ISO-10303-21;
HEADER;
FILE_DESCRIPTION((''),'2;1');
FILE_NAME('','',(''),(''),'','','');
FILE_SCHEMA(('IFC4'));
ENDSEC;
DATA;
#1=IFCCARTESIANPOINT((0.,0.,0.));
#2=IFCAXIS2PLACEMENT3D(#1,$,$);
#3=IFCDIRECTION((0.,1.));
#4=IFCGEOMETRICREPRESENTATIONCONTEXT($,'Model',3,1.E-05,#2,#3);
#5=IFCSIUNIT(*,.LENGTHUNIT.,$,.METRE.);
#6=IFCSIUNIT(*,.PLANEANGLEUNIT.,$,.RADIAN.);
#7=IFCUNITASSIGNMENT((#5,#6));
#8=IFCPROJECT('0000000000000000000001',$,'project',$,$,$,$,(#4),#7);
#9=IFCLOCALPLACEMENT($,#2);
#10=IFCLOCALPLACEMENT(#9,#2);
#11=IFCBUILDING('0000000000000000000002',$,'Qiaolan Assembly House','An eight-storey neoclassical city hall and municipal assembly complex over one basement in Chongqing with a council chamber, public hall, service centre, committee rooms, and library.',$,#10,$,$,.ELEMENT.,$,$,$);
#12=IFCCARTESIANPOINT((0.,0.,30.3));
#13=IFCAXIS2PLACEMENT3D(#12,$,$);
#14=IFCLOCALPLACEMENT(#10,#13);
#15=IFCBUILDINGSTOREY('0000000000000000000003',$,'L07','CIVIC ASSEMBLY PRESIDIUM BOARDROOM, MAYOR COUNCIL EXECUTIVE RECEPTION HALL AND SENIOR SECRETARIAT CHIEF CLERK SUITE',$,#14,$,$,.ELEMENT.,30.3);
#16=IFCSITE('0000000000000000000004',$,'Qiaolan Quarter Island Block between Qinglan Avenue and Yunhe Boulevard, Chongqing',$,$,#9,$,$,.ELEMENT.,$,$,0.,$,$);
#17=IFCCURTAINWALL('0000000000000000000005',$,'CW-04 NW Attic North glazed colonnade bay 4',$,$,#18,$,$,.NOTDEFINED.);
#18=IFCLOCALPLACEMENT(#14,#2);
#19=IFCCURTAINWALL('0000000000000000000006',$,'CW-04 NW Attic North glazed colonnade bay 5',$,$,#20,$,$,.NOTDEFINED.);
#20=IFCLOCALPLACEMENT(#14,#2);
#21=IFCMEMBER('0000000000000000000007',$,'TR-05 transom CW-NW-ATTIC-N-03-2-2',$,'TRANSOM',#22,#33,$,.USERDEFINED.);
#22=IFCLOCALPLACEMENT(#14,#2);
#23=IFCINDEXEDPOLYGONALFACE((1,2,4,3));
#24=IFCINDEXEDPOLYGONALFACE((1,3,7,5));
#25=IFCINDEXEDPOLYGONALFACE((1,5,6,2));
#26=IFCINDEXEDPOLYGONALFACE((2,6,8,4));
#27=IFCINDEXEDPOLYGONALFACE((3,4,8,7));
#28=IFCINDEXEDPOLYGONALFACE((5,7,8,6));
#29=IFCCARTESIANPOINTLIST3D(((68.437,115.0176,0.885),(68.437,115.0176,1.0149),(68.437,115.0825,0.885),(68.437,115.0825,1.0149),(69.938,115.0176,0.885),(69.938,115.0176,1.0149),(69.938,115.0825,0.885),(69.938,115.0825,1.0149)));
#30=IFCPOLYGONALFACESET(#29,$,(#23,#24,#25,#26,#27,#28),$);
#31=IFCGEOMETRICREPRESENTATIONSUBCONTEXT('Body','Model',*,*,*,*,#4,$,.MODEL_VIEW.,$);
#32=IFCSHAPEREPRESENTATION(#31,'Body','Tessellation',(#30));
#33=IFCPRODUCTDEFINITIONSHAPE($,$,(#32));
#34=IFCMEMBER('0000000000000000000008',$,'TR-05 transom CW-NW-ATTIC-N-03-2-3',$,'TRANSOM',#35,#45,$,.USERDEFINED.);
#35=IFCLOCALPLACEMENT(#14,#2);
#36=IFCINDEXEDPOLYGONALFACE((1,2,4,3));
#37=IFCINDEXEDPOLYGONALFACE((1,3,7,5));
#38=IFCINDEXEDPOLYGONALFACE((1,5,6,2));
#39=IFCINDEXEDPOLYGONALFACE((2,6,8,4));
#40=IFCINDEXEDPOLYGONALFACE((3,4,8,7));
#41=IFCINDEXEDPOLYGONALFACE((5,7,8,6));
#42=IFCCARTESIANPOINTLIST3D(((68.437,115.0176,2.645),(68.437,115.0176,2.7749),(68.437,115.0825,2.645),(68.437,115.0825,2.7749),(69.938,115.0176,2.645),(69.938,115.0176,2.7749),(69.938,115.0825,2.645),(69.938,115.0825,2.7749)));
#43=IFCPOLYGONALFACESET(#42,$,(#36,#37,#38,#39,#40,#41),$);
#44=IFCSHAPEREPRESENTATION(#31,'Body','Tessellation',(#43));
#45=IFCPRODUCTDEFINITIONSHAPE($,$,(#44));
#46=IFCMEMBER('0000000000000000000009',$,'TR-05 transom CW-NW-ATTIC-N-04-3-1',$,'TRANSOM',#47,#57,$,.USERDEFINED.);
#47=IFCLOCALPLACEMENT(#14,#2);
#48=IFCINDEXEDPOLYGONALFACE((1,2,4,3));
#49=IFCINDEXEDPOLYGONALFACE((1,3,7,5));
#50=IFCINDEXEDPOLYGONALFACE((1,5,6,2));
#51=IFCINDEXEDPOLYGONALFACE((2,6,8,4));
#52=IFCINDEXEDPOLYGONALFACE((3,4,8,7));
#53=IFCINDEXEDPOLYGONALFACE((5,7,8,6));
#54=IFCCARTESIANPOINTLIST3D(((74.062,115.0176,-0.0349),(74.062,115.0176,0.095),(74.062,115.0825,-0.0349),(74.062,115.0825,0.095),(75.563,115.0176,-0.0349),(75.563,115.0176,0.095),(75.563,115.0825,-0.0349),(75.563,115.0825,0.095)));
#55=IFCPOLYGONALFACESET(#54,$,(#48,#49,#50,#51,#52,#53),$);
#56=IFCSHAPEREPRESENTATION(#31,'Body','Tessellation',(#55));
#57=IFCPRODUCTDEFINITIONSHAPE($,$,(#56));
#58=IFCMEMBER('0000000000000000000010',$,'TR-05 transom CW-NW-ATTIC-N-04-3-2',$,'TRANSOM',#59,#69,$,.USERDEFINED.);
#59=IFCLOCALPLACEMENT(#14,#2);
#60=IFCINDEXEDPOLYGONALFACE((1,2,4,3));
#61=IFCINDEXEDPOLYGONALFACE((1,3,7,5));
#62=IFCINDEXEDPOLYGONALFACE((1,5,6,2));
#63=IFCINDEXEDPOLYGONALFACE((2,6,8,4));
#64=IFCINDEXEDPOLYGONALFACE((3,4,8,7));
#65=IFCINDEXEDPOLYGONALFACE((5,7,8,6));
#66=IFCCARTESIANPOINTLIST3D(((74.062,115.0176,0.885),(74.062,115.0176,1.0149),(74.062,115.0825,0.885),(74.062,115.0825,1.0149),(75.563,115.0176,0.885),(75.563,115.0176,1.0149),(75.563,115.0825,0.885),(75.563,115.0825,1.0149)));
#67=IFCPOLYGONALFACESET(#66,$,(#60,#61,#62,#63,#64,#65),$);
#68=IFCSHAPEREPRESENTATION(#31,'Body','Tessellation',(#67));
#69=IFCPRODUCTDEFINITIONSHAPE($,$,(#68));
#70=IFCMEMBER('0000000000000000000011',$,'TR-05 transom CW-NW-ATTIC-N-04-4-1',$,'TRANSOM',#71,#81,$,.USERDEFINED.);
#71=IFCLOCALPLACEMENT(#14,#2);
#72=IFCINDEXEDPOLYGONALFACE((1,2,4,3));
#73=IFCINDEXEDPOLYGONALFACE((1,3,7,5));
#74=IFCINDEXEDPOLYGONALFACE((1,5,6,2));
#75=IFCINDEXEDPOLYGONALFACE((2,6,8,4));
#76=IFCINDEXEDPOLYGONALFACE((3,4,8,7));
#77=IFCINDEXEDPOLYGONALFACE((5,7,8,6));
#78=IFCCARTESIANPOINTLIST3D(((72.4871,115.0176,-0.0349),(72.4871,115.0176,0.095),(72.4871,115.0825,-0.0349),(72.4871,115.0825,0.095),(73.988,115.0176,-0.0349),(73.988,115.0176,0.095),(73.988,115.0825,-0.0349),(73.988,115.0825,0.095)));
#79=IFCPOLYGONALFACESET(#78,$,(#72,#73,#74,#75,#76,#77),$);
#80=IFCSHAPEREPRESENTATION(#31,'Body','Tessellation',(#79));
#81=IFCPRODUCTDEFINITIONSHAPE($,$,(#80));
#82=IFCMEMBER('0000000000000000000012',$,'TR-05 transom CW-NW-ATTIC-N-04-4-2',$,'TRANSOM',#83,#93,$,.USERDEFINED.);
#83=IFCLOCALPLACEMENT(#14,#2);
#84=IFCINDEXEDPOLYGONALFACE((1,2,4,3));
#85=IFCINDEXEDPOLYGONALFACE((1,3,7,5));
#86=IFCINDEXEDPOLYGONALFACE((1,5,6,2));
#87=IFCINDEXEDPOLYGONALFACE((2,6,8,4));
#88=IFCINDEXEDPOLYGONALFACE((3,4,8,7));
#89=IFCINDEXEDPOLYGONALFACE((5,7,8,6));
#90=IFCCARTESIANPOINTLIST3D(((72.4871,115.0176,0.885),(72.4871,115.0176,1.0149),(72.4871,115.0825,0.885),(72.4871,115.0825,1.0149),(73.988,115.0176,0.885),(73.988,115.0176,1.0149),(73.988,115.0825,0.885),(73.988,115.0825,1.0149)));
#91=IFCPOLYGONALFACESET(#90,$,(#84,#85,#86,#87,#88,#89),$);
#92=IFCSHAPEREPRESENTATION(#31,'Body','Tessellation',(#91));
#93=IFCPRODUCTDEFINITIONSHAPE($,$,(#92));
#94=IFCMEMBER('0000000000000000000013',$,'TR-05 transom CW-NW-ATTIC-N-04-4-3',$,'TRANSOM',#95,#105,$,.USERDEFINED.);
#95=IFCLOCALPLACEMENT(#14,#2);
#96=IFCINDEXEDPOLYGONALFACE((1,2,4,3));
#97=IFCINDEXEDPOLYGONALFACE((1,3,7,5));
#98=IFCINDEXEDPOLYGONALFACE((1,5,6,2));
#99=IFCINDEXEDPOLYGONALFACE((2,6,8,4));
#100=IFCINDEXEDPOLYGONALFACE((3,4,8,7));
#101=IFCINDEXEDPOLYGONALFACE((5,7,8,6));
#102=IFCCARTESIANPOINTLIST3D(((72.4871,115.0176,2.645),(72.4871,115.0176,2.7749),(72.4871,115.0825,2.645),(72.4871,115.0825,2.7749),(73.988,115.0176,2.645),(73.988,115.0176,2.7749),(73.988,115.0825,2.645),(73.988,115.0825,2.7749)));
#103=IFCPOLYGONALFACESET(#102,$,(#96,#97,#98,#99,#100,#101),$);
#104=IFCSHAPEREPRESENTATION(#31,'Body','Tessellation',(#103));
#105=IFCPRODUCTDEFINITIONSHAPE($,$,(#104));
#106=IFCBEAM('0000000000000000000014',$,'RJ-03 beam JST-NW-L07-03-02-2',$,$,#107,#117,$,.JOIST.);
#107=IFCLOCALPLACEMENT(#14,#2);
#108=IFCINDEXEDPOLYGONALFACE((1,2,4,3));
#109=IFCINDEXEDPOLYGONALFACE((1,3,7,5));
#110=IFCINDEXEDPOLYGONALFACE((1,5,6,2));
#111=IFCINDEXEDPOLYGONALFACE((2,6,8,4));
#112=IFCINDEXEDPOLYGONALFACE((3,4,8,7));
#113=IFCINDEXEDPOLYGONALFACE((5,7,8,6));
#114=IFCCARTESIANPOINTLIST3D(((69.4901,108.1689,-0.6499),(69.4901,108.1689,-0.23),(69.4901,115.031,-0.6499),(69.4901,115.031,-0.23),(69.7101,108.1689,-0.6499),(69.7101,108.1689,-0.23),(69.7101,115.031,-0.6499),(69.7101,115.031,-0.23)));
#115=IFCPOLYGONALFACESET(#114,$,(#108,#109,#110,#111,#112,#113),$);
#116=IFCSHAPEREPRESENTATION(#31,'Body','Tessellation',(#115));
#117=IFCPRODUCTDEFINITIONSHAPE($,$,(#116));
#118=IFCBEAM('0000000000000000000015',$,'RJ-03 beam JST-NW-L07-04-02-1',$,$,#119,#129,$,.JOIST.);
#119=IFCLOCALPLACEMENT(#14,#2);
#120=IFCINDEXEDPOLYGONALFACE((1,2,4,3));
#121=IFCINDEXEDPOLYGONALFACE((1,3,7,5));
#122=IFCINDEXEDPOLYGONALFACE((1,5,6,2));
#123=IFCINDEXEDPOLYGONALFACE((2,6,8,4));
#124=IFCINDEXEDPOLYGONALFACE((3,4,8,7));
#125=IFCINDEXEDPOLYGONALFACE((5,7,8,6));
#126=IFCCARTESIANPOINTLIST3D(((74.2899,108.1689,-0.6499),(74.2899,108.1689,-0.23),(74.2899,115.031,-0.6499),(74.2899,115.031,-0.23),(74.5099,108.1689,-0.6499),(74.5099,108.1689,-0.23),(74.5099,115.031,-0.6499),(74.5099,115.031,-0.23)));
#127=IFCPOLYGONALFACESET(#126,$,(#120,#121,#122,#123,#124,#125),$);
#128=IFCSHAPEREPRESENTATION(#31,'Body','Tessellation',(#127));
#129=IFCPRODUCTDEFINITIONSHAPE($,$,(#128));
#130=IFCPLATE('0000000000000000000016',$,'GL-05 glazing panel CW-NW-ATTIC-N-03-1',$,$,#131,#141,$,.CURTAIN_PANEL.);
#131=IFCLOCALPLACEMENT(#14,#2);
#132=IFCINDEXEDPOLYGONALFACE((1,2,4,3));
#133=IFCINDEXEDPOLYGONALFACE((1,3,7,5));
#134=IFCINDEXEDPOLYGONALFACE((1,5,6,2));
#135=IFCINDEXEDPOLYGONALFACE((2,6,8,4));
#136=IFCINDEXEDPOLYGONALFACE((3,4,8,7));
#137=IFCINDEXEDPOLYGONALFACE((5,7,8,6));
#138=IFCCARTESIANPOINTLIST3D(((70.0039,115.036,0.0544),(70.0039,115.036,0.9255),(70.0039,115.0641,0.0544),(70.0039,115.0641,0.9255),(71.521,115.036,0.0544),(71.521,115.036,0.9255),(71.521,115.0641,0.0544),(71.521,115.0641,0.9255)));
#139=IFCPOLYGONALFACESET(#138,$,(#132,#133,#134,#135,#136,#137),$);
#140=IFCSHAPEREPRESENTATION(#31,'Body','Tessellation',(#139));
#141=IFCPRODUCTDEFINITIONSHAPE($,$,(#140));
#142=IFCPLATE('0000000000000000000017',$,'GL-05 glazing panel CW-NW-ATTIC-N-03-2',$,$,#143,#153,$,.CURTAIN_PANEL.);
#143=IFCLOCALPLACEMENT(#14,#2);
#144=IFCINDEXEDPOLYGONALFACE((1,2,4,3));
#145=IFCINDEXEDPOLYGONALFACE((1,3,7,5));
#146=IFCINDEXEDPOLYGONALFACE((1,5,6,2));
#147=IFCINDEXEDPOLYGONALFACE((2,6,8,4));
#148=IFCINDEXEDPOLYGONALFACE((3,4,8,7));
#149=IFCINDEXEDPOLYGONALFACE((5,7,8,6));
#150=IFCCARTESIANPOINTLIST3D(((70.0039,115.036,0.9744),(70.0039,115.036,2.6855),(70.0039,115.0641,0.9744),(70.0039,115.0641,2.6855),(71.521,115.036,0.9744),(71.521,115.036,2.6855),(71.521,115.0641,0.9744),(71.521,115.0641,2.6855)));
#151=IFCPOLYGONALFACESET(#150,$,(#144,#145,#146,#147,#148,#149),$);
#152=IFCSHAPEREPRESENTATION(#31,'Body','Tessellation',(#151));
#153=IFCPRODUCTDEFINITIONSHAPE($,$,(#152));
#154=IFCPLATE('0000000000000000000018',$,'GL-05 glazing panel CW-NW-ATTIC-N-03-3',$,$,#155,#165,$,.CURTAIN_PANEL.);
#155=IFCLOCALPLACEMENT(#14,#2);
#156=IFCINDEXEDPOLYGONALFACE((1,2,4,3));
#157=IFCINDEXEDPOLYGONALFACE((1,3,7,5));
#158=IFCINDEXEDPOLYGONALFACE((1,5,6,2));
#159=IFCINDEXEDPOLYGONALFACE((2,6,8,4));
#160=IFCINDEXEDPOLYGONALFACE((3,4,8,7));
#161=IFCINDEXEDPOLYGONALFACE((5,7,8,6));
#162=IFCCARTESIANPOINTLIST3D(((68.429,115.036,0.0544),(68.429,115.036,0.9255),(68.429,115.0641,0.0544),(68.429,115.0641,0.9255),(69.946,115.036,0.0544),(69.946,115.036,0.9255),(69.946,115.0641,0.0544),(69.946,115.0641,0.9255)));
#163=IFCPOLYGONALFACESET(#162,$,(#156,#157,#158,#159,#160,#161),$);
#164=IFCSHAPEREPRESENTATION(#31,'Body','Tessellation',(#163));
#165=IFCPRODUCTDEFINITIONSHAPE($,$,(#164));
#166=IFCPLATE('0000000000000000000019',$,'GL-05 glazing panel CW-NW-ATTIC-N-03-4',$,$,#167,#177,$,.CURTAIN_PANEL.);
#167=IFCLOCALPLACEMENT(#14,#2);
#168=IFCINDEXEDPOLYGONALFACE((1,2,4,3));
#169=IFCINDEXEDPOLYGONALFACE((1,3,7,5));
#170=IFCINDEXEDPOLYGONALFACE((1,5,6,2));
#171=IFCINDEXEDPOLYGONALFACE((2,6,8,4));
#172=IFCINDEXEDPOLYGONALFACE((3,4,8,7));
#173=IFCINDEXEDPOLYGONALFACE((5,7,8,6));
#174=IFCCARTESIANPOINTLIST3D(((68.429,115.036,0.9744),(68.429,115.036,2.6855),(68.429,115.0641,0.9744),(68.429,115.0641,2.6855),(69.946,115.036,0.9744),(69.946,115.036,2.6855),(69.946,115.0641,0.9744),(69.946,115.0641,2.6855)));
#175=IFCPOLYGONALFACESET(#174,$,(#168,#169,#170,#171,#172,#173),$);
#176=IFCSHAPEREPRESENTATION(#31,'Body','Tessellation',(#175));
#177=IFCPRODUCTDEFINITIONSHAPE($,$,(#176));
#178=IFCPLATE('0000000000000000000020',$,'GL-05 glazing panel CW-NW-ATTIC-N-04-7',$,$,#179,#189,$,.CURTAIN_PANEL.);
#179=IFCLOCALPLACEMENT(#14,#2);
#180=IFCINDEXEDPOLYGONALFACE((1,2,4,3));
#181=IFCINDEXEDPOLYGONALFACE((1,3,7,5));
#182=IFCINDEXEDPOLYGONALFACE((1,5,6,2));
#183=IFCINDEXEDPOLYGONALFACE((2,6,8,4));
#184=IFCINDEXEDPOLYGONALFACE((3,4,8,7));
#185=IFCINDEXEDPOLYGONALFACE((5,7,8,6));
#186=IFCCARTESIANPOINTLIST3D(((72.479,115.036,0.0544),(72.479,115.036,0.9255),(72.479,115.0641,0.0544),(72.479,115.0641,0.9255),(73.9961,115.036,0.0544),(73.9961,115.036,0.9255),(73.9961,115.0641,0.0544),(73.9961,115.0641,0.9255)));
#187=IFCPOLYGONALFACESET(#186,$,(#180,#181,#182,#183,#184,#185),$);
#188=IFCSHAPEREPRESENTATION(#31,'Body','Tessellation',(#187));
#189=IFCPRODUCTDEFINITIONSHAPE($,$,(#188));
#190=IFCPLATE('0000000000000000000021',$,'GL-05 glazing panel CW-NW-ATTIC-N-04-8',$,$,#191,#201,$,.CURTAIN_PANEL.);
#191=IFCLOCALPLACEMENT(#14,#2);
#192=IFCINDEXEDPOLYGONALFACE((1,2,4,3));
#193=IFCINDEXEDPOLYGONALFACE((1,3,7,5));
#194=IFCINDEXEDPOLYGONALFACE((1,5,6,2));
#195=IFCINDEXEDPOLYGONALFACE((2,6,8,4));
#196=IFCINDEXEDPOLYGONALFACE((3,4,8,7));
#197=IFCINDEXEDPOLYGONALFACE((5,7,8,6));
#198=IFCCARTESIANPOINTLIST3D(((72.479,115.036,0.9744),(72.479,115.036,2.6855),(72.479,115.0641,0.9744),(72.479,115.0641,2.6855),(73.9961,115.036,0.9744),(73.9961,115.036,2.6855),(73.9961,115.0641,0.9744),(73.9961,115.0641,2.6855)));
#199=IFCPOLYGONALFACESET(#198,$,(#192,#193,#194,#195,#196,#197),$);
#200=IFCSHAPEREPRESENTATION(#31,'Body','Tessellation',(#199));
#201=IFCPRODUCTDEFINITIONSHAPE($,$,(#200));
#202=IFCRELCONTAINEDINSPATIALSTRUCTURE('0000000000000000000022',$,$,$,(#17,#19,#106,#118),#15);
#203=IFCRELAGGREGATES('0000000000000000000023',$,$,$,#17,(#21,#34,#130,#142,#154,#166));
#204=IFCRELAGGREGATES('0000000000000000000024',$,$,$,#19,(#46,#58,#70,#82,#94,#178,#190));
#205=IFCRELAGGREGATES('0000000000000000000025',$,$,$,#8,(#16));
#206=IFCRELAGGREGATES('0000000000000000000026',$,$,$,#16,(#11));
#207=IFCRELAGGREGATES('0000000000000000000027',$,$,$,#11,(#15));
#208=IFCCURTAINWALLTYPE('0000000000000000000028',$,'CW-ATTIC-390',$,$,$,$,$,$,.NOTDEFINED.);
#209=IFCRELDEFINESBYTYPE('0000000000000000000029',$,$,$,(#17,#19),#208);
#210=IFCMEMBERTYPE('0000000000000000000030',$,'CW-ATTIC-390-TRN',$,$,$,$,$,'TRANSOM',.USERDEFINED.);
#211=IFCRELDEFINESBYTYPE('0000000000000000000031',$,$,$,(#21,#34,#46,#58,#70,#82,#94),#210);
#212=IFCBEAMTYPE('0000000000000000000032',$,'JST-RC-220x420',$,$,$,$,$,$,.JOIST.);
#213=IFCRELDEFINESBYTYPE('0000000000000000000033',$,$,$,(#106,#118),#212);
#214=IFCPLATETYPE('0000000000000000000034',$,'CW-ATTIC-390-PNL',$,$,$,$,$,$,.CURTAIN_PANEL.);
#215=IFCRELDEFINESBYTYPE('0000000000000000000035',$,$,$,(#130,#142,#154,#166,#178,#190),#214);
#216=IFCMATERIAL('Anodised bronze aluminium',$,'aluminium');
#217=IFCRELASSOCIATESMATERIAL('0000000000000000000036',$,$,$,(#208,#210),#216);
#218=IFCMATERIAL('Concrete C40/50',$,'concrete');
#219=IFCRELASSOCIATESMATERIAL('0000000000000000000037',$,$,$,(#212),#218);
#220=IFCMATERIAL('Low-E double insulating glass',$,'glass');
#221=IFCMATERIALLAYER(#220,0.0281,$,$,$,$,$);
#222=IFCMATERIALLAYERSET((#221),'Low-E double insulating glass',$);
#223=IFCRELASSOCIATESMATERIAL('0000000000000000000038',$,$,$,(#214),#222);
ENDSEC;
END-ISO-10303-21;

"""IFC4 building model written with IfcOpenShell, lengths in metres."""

from ifc_helpers import new_model, si_unit, direction, frame, frame_2d, origin, origin_2d, place, context, subcontext, project, spatial, rectangle, extrude, material, layer, layer_set, material_profile, profile_set, type_object, element, aggregate, save


model = new_model("IFC4")

# Units and contexts
model_context = context("Model", 3, precision=1e-05, world=origin(), true_north=direction((0.0, 1.0)))
body_context = subcontext(model_context, "Body", "Model", "MODEL_VIEW")
ifc_project = project(units=[si_unit("LENGTHUNIT", "METRE"), si_unit("PLANEANGLEUNIT", "RADIAN")], contexts=[model_context])

# Site, building, storey
site_placement = place(None, origin())
site = spatial("IfcSite", under=ifc_project, at=site_placement, Name="Qiaolan Quarter Island Block between Qinglan Avenue and Yunhe Boulevard, Chongqing", CompositionType="ELEMENT", RefElevation=0.0)
building_placement = place(site_placement, origin())
building = spatial("IfcBuilding", under=site, at=building_placement, Name="Qiaolan Assembly House", Description="An eight-storey neoclassical city hall and municipal assembly complex over one basement in Chongqing with a council chamber, public hall, service centre, committee rooms, and library.", CompositionType="ELEMENT")
storey_placement = place(building_placement, frame((0.0, 0.0, 30.3)))
storey = spatial("IfcBuildingStorey", under=building, at=storey_placement, Name="L07", Description="CIVIC ASSEMBLY PRESIDIUM BOARDROOM, MAYOR COUNCIL EXECUTIVE RECEPTION HALL AND SENIOR SECRETARIAT CHIEF CLERK SUITE", CompositionType="ELEMENT", Elevation=30.3)

# Shared definitions
ifc_material_1 = material(Name="Concrete C40/50", Category="concrete")

# Curtain walls
ifc_material_2 = material(Name="Anodised bronze aluminium", Category="aluminium")
curtain_wall_type = type_object("IfcCurtainWallType", Name="CW-ATTIC-390", PredefinedType="NOTDEFINED", material=ifc_material_2)
curtain_wall_1_placement = place(storey_placement, origin())
curtain_wall_1 = element("IfcCurtainWall", 1, at=curtain_wall_1_placement, inside=storey, type_object=curtain_wall_type, Name="CW-04 NW Attic North glazed colonnade bay 4", PredefinedType="NOTDEFINED")
curtain_wall_2_placement = place(storey_placement, origin())
curtain_wall_2 = element("IfcCurtainWall", 2, at=curtain_wall_2_placement, inside=storey, type_object=curtain_wall_type, Name="CW-04 NW Attic North glazed colonnade bay 5", PredefinedType="NOTDEFINED")

# Members
ifc_material_profile_1 = material_profile(ifc_material_2, rectangle(XDim=0.0649, YDim=0.1299, at=origin_2d()), Name="TRN 65x130")
ifc_profile_set_1 = profile_set([ifc_material_profile_1], Name="Anodised bronze aluminium")
member_type_1 = type_object("IfcMemberType", Name="CW-ATTIC-390-TRN", ElementType="TRANSOM", PredefinedType="USERDEFINED", material=ifc_profile_set_1)
member_1_placement = place(storey_placement, frame((69.938, 115.05, 0.95), z_axis=(-1.0, 0.0, 0.0), x_axis=(0.0, -1.0, 0.0)))
member_1 = element("IfcMember", 3, at=member_1_placement, type_object=member_type_1, Name="TR-05 transom CW-NW-ATTIC-N-03-2-2", ObjectType="TRANSOM", PredefinedType="USERDEFINED", context=body_context, shape_type="SweptSolid", body=[
    extrude(rectangle(XDim=0.0649, YDim=0.1299, at=origin_2d()), origin(), (0.0, 0.0, 1.0), 1.501),
])
member_2_placement = place(storey_placement, frame((69.938, 115.05, 2.71), z_axis=(-1.0, 0.0, 0.0), x_axis=(0.0, -1.0, 0.0)))
member_2 = element("IfcMember", 4, at=member_2_placement, type_object=member_type_1, Name="TR-05 transom CW-NW-ATTIC-N-03-2-3", ObjectType="TRANSOM", PredefinedType="USERDEFINED", context=body_context, shape_type="SweptSolid", body=[
    extrude(rectangle(XDim=0.0649, YDim=0.1299, at=origin_2d()), origin(), (0.0, 0.0, 1.0), 1.501),
])
member_3_placement = place(storey_placement, frame((75.563, 115.05, 0.03), z_axis=(-1.0, 0.0, 0.0), x_axis=(0.0, -1.0, 0.0)))
member_3 = element("IfcMember", 5, at=member_3_placement, type_object=member_type_1, Name="TR-05 transom CW-NW-ATTIC-N-04-3-1", ObjectType="TRANSOM", PredefinedType="USERDEFINED", context=body_context, shape_type="SweptSolid", body=[
    extrude(rectangle(XDim=0.0649, YDim=0.1299, at=origin_2d()), origin(), (0.0, 0.0, 1.0), 1.501),
])
member_4_placement = place(storey_placement, frame((75.563, 115.05, 0.95), z_axis=(-1.0, 0.0, 0.0), x_axis=(0.0, -1.0, 0.0)))
member_4 = element("IfcMember", 6, at=member_4_placement, type_object=member_type_1, Name="TR-05 transom CW-NW-ATTIC-N-04-3-2", ObjectType="TRANSOM", PredefinedType="USERDEFINED", context=body_context, shape_type="SweptSolid", body=[
    extrude(rectangle(XDim=0.0649, YDim=0.1299, at=origin_2d()), origin(), (0.0, 0.0, 1.0), 1.501),
])
member_5_placement = place(storey_placement, frame((73.988, 115.05, 0.03), z_axis=(-1.0, 0.0, 0.0), x_axis=(0.0, -1.0, 0.0)))
member_5 = element("IfcMember", 7, at=member_5_placement, type_object=member_type_1, Name="TR-05 transom CW-NW-ATTIC-N-04-4-1", ObjectType="TRANSOM", PredefinedType="USERDEFINED", context=body_context, shape_type="SweptSolid", body=[
    extrude(rectangle(XDim=0.0649, YDim=0.1299, at=origin_2d()), origin(), (0.0, 0.0, 1.0), 1.501),
])
member_6_placement = place(storey_placement, frame((73.988, 115.05, 0.95), z_axis=(-1.0, 0.0, 0.0), x_axis=(0.0, -1.0, 0.0)))
member_6 = element("IfcMember", 8, at=member_6_placement, type_object=member_type_1, Name="TR-05 transom CW-NW-ATTIC-N-04-4-2", ObjectType="TRANSOM", PredefinedType="USERDEFINED", context=body_context, shape_type="SweptSolid", body=[
    extrude(rectangle(XDim=0.0649, YDim=0.1299, at=origin_2d()), origin(), (0.0, 0.0, 1.0), 1.501),
])
member_7_placement = place(storey_placement, frame((73.988, 115.05, 2.71), z_axis=(-1.0, 0.0, 0.0), x_axis=(0.0, -1.0, 0.0)))
member_7 = element("IfcMember", 9, at=member_7_placement, type_object=member_type_1, Name="TR-05 transom CW-NW-ATTIC-N-04-4-3", ObjectType="TRANSOM", PredefinedType="USERDEFINED", context=body_context, shape_type="SweptSolid", body=[
    extrude(rectangle(XDim=0.0649, YDim=0.1299, at=origin_2d()), origin(), (0.0, 0.0, 1.0), 1.501),
])

# Beams
ifc_material_profile_2 = material_profile(ifc_material_1, rectangle(XDim=0.22, YDim=0.4199, at=origin_2d()), Name="RCB 220x420")
ifc_profile_set_2 = profile_set([ifc_material_profile_2], Name="Concrete C40/50")
beam_type_1 = type_object("IfcBeamType", Name="JST-RC-220x420", PredefinedType="JOIST", material=ifc_profile_set_2)
for number, where, z_axis, x_axis, name in (
    (10, (69.6001, 108.1689, -0.4399), (0.0, 1.0, 0.0), (-1.0, 0.0, 0.0), "RJ-03 beam JST-NW-L07-03-02-2"),
    (11, (74.3999, 108.1689, -0.4399), (0.0, 1.0, 0.0), (-1.0, 0.0, 0.0), "RJ-03 beam JST-NW-L07-04-02-1"),
):
    element("IfcBeam", number, at=place(storey_placement, frame(where, z_axis=z_axis, x_axis=x_axis)), inside=storey, type_object=beam_type_1, Name=name, PredefinedType="JOIST", context=body_context, shape_type="SweptSolid", body=[
        extrude(rectangle(XDim=0.22, YDim=0.4199, at=origin_2d()), origin(), (0.0, 0.0, 1.0), 6.8621),
    ])

# Plates
ifc_material_3 = material(Name="Low-E double insulating glass", Category="glass")
ifc_layer_1 = layer(ifc_material_3, 0.0281)
ifc_layer_set_1 = layer_set([ifc_layer_1], Name="Low-E double insulating glass")
plate_type = type_object("IfcPlateType", Name="CW-ATTIC-390-PNL", PredefinedType="CURTAIN_PANEL", material=ifc_layer_set_1)
plate_1_placement = place(storey_placement, frame((71.521, 115.05, 0.0544), z_axis=(0.0, 0.0, 1.0), x_axis=(-1.0, 0.0, 0.0)))
plate_1 = element("IfcPlate", 12, at=plate_1_placement, type_object=plate_type, Name="GL-05 glazing panel CW-NW-ATTIC-N-03-1", PredefinedType="CURTAIN_PANEL", context=body_context, shape_type="SweptSolid", body=[
    extrude(rectangle(XDim=1.5171, YDim=0.0281, at=frame_2d((0.7585, 0.0))), origin(), (0.0, 0.0, 1.0), 0.8711),
])
plate_2_placement = place(storey_placement, frame((71.521, 115.05, 0.9744), z_axis=(0.0, 0.0, 1.0), x_axis=(-1.0, 0.0, 0.0)))
plate_2 = element("IfcPlate", 13, at=plate_2_placement, type_object=plate_type, Name="GL-05 glazing panel CW-NW-ATTIC-N-03-2", PredefinedType="CURTAIN_PANEL", context=body_context, shape_type="SweptSolid", body=[
    extrude(rectangle(XDim=1.5171, YDim=0.0281, at=frame_2d((0.7585, 0.0))), origin(), (0.0, 0.0, 1.0), 1.7112),
])
plate_3_placement = place(storey_placement, frame((69.946, 115.05, 0.0544), z_axis=(0.0, 0.0, 1.0), x_axis=(-1.0, 0.0, 0.0)))
plate_3 = element("IfcPlate", 14, at=plate_3_placement, type_object=plate_type, Name="GL-05 glazing panel CW-NW-ATTIC-N-03-3", PredefinedType="CURTAIN_PANEL", context=body_context, shape_type="SweptSolid", body=[
    extrude(rectangle(XDim=1.5171, YDim=0.0281, at=frame_2d((0.7585, 0.0))), origin(), (0.0, 0.0, 1.0), 0.8711),
])
plate_4_placement = place(storey_placement, frame((69.946, 115.05, 0.9744), z_axis=(0.0, 0.0, 1.0), x_axis=(-1.0, 0.0, 0.0)))
plate_4 = element("IfcPlate", 15, at=plate_4_placement, type_object=plate_type, Name="GL-05 glazing panel CW-NW-ATTIC-N-03-4", PredefinedType="CURTAIN_PANEL", context=body_context, shape_type="SweptSolid", body=[
    extrude(rectangle(XDim=1.5171, YDim=0.0281, at=frame_2d((0.7585, 0.0))), origin(), (0.0, 0.0, 1.0), 1.7112),
])
aggregate(curtain_wall_1, [member_1, member_2, plate_1, plate_2, plate_3, plate_4])
plate_5_placement = place(storey_placement, frame((73.9961, 115.05, 0.0544), z_axis=(0.0, 0.0, 1.0), x_axis=(-1.0, 0.0, 0.0)))
plate_5 = element("IfcPlate", 16, at=plate_5_placement, type_object=plate_type, Name="GL-05 glazing panel CW-NW-ATTIC-N-04-7", PredefinedType="CURTAIN_PANEL", context=body_context, shape_type="SweptSolid", body=[
    extrude(rectangle(XDim=1.5171, YDim=0.0281, at=frame_2d((0.7585, 0.0))), origin(), (0.0, 0.0, 1.0), 0.8711),
])
plate_6_placement = place(storey_placement, frame((73.9961, 115.05, 0.9744), z_axis=(0.0, 0.0, 1.0), x_axis=(-1.0, 0.0, 0.0)))
plate_6 = element("IfcPlate", 17, at=plate_6_placement, type_object=plate_type, Name="GL-05 glazing panel CW-NW-ATTIC-N-04-8", PredefinedType="CURTAIN_PANEL", context=body_context, shape_type="SweptSolid", body=[
    extrude(rectangle(XDim=1.5171, YDim=0.0281, at=frame_2d((0.7585, 0.0))), origin(), (0.0, 0.0, 1.0), 1.7112),
])
aggregate(curtain_wall_2, [member_3, member_4, member_5, member_6, member_7, plate_5, plate_6])

save(model, "model.ifc")
